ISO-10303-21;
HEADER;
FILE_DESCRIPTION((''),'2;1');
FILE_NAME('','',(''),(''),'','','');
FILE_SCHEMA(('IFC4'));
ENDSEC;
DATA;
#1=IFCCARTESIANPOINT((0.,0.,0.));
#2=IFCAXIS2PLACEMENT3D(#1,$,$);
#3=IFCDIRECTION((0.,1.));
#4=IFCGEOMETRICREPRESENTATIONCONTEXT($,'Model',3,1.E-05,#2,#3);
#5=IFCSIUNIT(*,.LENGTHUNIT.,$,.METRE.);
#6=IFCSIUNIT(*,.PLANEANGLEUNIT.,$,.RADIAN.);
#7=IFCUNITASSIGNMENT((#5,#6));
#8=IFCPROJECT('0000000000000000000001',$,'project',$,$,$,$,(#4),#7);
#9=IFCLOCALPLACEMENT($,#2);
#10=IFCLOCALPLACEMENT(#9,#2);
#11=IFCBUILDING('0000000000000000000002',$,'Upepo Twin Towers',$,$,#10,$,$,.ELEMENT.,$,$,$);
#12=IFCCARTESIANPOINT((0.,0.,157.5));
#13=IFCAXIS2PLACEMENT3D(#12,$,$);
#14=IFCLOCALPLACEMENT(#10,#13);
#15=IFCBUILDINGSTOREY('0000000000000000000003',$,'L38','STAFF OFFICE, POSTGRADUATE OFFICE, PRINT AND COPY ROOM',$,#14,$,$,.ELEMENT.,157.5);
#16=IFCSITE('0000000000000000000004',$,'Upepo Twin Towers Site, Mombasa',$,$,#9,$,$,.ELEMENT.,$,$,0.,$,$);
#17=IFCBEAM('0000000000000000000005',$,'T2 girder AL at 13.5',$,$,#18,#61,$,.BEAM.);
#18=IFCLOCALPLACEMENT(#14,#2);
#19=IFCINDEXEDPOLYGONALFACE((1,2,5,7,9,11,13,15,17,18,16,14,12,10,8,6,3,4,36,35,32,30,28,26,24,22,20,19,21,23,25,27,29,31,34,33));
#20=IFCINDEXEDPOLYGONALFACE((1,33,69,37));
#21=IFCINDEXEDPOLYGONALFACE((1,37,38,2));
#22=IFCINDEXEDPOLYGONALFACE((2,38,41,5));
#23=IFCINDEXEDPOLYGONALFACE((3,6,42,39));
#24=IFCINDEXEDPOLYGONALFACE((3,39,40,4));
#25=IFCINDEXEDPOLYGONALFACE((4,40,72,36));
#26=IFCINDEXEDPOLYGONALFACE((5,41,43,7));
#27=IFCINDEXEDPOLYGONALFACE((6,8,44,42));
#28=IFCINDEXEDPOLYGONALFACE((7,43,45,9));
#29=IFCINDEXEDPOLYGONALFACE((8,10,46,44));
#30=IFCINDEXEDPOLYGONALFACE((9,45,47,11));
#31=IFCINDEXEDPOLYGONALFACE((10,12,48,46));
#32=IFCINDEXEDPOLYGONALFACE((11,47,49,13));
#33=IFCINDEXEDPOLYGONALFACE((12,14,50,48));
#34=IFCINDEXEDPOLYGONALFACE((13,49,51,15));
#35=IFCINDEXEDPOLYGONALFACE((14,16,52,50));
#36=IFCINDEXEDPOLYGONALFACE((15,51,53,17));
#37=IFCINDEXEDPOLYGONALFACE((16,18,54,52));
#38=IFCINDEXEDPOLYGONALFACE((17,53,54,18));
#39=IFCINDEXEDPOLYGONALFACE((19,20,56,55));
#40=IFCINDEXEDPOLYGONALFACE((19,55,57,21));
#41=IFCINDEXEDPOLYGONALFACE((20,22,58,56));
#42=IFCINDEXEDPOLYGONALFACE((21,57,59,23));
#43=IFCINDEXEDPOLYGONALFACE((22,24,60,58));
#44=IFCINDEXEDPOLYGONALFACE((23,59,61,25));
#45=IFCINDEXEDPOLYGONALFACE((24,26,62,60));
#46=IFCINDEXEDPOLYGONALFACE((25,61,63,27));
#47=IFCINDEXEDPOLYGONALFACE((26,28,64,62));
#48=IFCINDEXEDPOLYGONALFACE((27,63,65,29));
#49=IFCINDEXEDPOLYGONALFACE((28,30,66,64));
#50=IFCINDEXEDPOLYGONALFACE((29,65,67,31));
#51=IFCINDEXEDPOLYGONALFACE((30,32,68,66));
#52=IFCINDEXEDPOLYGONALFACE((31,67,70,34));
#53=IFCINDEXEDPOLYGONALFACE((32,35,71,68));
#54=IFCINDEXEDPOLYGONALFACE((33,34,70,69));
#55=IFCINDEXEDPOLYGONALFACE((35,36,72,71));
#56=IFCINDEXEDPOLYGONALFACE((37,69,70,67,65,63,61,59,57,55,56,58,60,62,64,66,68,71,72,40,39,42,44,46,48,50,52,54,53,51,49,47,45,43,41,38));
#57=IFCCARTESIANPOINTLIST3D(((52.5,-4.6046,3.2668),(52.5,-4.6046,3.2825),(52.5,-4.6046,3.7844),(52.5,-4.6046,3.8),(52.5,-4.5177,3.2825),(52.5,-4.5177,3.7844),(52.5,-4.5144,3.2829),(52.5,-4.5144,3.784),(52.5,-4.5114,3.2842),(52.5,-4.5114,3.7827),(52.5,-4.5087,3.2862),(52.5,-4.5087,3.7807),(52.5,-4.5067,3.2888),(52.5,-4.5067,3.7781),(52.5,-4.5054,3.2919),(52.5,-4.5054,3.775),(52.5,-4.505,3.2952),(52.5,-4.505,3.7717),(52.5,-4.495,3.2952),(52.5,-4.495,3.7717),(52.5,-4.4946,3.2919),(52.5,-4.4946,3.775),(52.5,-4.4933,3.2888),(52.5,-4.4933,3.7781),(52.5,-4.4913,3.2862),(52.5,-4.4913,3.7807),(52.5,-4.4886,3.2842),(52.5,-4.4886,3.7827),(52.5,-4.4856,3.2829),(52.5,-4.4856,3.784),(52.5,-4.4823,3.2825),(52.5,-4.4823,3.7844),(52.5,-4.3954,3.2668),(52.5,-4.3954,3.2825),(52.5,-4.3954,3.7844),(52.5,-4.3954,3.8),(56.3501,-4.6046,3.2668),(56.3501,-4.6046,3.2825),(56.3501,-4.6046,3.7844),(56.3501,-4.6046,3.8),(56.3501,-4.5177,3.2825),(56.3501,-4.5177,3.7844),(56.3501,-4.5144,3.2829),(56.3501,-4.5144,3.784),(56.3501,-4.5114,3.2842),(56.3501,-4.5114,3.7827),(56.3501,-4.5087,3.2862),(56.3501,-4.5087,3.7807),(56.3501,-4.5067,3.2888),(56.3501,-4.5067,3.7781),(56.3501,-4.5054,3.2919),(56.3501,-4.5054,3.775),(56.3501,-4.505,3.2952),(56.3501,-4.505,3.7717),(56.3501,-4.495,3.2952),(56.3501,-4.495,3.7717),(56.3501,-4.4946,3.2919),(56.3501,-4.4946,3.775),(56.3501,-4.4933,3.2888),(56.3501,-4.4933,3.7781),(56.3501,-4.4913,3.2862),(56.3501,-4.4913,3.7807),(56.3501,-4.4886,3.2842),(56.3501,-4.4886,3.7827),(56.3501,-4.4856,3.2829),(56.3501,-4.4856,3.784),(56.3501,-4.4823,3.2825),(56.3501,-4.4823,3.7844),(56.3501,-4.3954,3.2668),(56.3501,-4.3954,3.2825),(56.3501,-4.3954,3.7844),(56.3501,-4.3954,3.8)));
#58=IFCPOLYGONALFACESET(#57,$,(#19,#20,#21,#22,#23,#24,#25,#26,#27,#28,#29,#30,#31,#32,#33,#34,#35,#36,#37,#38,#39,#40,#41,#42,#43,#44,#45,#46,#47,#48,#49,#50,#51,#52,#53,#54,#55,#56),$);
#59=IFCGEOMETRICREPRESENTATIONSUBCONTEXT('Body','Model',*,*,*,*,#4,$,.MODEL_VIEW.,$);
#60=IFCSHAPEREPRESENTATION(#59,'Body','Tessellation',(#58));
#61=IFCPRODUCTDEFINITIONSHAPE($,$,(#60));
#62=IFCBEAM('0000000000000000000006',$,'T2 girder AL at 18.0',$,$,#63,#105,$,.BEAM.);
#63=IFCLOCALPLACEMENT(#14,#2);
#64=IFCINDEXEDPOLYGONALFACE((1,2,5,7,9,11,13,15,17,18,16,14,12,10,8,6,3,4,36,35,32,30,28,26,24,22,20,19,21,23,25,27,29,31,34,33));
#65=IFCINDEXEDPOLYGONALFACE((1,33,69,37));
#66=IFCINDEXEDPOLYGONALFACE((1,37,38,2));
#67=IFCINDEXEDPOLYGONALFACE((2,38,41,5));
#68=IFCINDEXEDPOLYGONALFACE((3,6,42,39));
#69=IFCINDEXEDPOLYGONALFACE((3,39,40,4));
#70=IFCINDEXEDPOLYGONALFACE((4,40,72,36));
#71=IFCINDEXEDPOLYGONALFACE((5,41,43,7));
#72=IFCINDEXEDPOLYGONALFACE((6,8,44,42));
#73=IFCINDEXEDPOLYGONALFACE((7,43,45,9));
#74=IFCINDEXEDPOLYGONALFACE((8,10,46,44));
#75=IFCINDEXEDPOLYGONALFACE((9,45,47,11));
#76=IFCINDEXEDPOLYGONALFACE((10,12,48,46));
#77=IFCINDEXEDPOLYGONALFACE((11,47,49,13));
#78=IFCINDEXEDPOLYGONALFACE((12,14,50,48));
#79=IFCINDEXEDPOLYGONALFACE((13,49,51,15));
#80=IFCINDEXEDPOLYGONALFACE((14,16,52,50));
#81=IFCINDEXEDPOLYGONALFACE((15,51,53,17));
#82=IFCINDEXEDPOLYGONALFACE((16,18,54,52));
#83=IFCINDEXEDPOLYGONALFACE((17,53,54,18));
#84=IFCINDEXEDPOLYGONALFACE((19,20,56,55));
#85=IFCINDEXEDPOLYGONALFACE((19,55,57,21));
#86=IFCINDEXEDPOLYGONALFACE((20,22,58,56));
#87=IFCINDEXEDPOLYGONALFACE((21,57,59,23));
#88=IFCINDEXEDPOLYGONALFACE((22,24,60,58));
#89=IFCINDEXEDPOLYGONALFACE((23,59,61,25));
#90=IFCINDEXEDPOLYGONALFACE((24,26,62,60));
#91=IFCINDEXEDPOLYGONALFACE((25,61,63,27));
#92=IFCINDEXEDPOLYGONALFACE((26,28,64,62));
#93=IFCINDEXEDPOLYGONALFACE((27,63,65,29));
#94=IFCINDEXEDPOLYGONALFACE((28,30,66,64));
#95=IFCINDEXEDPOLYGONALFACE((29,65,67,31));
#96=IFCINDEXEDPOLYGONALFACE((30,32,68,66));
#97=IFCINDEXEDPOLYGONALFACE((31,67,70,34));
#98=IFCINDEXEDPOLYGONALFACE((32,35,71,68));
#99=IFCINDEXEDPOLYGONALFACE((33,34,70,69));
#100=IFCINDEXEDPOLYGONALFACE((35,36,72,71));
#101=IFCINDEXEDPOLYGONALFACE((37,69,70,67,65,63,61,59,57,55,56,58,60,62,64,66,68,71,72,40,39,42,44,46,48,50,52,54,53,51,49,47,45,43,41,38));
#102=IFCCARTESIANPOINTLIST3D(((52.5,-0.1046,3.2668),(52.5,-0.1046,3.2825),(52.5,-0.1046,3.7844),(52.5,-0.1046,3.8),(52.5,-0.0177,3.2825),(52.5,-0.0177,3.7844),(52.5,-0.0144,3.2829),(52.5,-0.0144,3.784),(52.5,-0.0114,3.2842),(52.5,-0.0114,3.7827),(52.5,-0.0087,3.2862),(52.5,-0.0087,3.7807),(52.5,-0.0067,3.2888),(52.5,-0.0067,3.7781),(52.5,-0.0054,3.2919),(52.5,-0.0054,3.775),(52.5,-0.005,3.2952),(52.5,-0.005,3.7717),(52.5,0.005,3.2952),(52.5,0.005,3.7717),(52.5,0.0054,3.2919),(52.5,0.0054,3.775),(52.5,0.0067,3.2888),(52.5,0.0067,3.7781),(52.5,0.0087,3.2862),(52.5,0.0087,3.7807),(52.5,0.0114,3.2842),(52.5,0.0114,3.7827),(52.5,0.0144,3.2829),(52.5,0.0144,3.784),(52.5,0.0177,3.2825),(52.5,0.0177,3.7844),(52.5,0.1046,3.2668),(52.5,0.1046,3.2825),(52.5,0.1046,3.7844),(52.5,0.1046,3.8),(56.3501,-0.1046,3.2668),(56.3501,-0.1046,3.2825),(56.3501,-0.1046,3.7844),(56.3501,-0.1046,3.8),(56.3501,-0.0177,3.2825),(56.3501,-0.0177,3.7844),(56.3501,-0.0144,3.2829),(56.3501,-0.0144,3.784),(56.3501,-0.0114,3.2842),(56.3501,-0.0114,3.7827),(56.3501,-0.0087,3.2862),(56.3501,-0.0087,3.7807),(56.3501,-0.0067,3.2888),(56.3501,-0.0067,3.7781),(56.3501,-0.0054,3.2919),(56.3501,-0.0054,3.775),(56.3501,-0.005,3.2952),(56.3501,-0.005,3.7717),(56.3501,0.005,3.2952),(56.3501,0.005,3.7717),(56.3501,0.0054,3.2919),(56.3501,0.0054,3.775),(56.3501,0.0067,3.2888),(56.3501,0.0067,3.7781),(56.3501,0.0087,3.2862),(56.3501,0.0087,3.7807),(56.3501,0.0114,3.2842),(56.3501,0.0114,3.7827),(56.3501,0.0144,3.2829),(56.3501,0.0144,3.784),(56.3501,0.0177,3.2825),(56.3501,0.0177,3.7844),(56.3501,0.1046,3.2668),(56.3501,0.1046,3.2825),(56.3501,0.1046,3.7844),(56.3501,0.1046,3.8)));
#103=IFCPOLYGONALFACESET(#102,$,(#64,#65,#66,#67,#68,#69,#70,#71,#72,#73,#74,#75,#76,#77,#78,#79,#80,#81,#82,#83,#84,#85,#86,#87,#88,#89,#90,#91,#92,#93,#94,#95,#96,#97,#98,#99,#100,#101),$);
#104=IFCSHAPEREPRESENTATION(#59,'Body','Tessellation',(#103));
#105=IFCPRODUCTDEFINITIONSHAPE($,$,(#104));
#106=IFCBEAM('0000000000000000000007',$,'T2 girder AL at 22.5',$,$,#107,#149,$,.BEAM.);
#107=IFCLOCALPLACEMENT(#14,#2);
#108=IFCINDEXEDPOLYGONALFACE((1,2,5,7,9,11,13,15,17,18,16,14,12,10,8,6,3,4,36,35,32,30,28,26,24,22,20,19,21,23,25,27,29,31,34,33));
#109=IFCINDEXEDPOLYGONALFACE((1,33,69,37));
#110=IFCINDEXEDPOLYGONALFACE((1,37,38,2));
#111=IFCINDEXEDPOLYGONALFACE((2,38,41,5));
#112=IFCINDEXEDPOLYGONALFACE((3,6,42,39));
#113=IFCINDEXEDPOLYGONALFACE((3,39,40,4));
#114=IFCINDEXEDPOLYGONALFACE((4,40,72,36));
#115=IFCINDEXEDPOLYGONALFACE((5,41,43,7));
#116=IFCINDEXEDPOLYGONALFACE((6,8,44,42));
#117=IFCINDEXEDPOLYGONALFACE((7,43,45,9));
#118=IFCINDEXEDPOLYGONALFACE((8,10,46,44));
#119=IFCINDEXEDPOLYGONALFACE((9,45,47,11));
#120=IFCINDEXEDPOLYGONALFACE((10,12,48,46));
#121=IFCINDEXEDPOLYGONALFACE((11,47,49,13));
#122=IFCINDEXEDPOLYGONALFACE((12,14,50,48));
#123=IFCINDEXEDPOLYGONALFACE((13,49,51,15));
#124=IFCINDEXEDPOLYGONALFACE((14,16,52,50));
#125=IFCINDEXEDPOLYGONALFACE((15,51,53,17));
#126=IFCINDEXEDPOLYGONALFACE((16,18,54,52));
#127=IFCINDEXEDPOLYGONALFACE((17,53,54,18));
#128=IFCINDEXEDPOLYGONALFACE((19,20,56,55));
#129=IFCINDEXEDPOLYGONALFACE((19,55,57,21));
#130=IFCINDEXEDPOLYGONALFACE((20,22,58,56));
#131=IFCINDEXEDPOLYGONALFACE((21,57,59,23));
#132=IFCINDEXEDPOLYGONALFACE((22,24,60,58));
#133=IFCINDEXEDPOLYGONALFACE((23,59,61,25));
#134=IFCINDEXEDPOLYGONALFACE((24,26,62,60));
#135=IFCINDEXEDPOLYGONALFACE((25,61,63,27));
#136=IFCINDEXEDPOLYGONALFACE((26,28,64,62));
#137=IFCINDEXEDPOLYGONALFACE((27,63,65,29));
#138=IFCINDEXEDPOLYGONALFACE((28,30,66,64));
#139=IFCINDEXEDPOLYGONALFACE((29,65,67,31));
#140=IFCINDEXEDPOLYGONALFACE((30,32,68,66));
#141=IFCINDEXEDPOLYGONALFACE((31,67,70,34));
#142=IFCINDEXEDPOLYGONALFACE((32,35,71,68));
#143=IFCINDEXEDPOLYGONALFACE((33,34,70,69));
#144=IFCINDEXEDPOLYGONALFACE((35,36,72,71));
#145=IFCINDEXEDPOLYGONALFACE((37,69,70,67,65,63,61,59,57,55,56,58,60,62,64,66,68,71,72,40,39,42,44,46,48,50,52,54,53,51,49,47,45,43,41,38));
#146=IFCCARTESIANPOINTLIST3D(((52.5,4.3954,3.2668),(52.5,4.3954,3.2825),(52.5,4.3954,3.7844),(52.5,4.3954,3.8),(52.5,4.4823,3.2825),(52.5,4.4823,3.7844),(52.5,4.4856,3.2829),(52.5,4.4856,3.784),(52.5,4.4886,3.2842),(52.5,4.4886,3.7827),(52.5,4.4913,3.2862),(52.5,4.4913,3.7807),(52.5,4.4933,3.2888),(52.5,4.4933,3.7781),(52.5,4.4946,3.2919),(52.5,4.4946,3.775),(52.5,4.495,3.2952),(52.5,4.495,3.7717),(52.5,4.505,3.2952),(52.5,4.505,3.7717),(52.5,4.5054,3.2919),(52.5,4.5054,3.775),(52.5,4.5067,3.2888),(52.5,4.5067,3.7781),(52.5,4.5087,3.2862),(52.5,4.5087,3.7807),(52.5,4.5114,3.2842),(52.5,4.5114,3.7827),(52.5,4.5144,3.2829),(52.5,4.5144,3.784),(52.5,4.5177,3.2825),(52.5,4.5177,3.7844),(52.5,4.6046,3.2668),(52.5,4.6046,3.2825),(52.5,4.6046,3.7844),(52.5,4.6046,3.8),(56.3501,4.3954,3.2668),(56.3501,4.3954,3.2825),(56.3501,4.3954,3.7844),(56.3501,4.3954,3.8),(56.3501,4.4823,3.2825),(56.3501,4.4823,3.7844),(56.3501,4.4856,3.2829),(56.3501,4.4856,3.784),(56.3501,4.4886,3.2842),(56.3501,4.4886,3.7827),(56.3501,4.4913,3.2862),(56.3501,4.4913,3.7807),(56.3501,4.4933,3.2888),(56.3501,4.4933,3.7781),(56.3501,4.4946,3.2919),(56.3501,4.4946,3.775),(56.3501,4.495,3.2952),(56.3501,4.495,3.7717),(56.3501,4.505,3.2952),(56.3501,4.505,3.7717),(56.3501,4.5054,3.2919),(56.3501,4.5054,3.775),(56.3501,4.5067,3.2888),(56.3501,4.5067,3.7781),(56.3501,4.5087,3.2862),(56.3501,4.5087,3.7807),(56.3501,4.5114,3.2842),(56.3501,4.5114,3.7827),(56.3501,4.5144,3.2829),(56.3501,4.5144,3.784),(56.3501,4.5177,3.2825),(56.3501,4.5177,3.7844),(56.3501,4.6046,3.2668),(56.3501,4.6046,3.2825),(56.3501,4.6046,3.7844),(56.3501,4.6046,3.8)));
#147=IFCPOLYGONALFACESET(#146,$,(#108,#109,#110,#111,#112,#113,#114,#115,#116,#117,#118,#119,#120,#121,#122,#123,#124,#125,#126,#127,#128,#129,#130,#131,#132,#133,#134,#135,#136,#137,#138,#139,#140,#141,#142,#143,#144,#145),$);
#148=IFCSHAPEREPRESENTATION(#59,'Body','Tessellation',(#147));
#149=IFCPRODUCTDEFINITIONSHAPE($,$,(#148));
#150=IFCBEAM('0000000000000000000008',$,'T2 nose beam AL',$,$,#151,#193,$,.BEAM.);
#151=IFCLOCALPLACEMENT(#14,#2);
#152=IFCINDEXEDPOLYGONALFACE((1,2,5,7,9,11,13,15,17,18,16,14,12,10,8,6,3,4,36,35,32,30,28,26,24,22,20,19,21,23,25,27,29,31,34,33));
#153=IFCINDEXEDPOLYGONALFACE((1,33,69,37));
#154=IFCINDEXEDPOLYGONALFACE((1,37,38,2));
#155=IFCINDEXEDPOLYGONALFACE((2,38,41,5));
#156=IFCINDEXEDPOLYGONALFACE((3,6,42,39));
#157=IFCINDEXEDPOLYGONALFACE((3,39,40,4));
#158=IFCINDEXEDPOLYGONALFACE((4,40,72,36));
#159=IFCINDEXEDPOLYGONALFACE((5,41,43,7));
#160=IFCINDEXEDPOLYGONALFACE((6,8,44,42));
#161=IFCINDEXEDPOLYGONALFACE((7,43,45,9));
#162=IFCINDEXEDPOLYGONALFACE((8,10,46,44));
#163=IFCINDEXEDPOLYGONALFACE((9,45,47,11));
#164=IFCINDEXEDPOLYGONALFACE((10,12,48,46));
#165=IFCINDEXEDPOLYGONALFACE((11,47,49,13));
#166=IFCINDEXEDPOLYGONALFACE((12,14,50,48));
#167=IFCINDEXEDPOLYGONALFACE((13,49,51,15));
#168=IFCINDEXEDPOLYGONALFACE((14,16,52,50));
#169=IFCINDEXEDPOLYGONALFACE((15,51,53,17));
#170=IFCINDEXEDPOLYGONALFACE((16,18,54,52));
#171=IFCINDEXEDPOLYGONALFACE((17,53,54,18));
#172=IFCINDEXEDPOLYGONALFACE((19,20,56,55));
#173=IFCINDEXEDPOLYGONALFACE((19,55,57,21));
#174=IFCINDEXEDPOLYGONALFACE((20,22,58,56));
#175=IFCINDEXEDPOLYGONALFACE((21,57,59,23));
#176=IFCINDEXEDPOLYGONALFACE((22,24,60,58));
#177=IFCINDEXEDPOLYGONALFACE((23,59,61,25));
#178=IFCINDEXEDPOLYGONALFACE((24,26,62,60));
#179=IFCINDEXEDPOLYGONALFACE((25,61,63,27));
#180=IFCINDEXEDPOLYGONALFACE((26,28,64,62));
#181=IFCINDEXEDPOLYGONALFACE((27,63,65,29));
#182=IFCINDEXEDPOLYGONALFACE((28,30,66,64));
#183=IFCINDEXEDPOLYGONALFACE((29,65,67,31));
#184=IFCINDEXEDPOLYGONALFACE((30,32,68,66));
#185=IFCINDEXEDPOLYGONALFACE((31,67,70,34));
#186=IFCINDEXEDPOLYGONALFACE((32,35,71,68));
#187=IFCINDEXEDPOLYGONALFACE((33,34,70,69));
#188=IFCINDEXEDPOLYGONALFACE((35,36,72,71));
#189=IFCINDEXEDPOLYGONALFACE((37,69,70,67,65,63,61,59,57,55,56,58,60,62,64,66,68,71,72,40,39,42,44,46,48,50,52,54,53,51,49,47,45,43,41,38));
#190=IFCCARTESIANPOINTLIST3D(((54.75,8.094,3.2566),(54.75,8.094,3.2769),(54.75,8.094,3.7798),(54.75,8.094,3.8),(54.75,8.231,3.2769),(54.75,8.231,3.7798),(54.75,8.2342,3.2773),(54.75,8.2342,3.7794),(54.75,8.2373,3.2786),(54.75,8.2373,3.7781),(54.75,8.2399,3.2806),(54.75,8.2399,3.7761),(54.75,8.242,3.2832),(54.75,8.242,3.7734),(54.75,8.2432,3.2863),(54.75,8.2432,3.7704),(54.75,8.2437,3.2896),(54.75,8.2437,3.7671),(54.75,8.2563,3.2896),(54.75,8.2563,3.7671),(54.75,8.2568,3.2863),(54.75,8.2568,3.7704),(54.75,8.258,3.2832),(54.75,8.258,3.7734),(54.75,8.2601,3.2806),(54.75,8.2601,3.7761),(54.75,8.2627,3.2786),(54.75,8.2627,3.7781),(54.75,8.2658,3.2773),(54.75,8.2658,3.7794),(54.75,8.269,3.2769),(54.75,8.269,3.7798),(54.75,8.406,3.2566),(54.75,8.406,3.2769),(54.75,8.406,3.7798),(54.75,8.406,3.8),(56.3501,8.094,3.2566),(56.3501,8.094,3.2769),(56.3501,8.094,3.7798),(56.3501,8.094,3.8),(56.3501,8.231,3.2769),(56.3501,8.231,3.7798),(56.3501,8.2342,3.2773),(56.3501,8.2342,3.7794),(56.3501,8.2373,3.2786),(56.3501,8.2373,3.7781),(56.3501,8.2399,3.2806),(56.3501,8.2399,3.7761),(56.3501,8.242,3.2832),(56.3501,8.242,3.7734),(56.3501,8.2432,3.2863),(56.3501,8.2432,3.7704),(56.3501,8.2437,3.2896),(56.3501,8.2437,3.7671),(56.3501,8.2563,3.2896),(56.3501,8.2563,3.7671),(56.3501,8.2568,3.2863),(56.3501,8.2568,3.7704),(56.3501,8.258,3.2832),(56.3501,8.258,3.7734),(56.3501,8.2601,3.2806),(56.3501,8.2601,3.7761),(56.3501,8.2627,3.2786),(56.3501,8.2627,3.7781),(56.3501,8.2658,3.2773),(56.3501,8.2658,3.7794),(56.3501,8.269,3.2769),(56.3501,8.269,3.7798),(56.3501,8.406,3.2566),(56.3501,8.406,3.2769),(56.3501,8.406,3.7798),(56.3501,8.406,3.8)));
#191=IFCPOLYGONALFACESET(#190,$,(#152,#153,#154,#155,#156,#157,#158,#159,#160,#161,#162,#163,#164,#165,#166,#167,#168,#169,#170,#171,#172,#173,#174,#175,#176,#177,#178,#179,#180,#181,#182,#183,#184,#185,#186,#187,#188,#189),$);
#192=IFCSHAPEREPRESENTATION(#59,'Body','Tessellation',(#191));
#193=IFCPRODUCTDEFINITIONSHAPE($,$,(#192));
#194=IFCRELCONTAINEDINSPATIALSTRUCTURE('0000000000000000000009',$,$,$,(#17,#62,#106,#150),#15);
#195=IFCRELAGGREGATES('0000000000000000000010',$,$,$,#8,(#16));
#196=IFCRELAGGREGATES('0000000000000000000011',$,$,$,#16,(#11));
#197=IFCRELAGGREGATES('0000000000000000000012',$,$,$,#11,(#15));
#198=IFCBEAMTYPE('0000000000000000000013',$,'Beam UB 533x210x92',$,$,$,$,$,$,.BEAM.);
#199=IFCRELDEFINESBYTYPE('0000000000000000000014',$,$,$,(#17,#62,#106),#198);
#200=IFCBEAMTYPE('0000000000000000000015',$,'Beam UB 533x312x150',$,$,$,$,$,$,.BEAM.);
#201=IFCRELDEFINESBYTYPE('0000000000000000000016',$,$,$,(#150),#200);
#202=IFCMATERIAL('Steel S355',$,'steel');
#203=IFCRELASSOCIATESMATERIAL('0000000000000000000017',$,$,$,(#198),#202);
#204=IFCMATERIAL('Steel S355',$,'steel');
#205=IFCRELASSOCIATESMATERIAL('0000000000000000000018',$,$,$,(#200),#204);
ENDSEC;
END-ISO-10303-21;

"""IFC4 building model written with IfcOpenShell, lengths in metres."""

from ifc_helpers import new_model, si_unit, direction, frame, origin, origin_2d, place, context, subcontext, project, spatial, i_section, extrude, material, material_profile, profile_set, type_object, element, save


model = new_model("IFC4")

# Units and contexts
model_context = context("Model", 3, precision=1e-05, world=origin(), true_north=direction((0.0, 1.0)))
body_context = subcontext(model_context, "Body", "Model", "MODEL_VIEW")
ifc_project = project(units=[si_unit("LENGTHUNIT", "METRE"), si_unit("PLANEANGLEUNIT", "RADIAN")], contexts=[model_context])

# Site, building, storey
site_placement = place(None, origin())
site = spatial("IfcSite", under=ifc_project, at=site_placement, Name="Upepo Twin Towers Site, Mombasa", CompositionType="ELEMENT", RefElevation=0.0)
building_placement = place(site_placement, origin())
building = spatial("IfcBuilding", under=site, at=building_placement, Name="Upepo Twin Towers", CompositionType="ELEMENT")
storey_placement = place(building_placement, frame((0.0, 0.0, 157.5)))
storey = spatial("IfcBuildingStorey", under=building, at=storey_placement, Name="L38", Description="STAFF OFFICE, POSTGRADUATE OFFICE, PRINT AND COPY ROOM", CompositionType="ELEMENT", Elevation=157.5)

# Beams
ifc_material_1 = material(Name="Steel S355", Category="steel")
ifc_material_profile_1 = material_profile(ifc_material_1, i_section(OverallWidth=0.2092, OverallDepth=0.5332, WebThickness=0.01, FlangeThickness=0.0156, FilletRadius=0.0127, at=origin_2d()), Name="UB 533x210x92")
ifc_profile_set_1 = profile_set([ifc_material_profile_1], Name="Steel S355")
beam_type_1 = type_object("IfcBeamType", Name="Beam UB 533x210x92", PredefinedType="BEAM", material=ifc_profile_set_1)
for number, where, z_axis, x_axis, name in (
    (1, (52.5, -4.5, 3.5334), (1.0, 0.0, 0.0), (0.0, 1.0, 0.0), "T2 girder AL at 13.5"),
    (2, (52.5, 0.0, 3.5334), (1.0, 0.0, 0.0), (0.0, 1.0, 0.0), "T2 girder AL at 18.0"),
    (3, (52.5, 4.5, 3.5334), (1.0, 0.0, 0.0), (0.0, 1.0, 0.0), "T2 girder AL at 22.5"),
):
    element("IfcBeam", number, at=place(storey_placement, frame(where, z_axis=z_axis, x_axis=x_axis)), inside=storey, type_object=beam_type_1, Name=name, PredefinedType="BEAM", context=body_context, shape_type="SweptSolid", body=[
        extrude(i_section(OverallWidth=0.2092, OverallDepth=0.5332, WebThickness=0.01, FlangeThickness=0.0156, FilletRadius=0.0127, at=origin_2d()), origin(), (0.0, 0.0, 1.0), 3.8501),
    ])
ifc_material_2 = material(Name="Steel S355", Category="steel")
ifc_material_profile_2 = material_profile(ifc_material_2, i_section(OverallWidth=0.312, OverallDepth=0.5435, WebThickness=0.0127, FlangeThickness=0.0203, FilletRadius=0.0127, at=origin_2d()), Name="UB 533x312x150")
ifc_profile_set_2 = profile_set([ifc_material_profile_2], Name="Steel S355")
beam_type_2 = type_object("IfcBeamType", Name="Beam UB 533x312x150", PredefinedType="BEAM", material=ifc_profile_set_2)
beam_1_placement = place(storey_placement, frame((54.75, 8.25, 3.5283), z_axis=(1.0, 0.0, 0.0), x_axis=(0.0, 1.0, 0.0)))
element("IfcBeam", 4, at=beam_1_placement, inside=storey, type_object=beam_type_2, Name="T2 nose beam AL", PredefinedType="BEAM", context=body_context, shape_type="SweptSolid", body=[
    extrude(i_section(OverallWidth=0.312, OverallDepth=0.5435, WebThickness=0.0127, FlangeThickness=0.0203, FilletRadius=0.0127, at=origin_2d()), origin(), (0.0, 0.0, 1.0), 1.6001),
])

save(model, "model.ifc")
